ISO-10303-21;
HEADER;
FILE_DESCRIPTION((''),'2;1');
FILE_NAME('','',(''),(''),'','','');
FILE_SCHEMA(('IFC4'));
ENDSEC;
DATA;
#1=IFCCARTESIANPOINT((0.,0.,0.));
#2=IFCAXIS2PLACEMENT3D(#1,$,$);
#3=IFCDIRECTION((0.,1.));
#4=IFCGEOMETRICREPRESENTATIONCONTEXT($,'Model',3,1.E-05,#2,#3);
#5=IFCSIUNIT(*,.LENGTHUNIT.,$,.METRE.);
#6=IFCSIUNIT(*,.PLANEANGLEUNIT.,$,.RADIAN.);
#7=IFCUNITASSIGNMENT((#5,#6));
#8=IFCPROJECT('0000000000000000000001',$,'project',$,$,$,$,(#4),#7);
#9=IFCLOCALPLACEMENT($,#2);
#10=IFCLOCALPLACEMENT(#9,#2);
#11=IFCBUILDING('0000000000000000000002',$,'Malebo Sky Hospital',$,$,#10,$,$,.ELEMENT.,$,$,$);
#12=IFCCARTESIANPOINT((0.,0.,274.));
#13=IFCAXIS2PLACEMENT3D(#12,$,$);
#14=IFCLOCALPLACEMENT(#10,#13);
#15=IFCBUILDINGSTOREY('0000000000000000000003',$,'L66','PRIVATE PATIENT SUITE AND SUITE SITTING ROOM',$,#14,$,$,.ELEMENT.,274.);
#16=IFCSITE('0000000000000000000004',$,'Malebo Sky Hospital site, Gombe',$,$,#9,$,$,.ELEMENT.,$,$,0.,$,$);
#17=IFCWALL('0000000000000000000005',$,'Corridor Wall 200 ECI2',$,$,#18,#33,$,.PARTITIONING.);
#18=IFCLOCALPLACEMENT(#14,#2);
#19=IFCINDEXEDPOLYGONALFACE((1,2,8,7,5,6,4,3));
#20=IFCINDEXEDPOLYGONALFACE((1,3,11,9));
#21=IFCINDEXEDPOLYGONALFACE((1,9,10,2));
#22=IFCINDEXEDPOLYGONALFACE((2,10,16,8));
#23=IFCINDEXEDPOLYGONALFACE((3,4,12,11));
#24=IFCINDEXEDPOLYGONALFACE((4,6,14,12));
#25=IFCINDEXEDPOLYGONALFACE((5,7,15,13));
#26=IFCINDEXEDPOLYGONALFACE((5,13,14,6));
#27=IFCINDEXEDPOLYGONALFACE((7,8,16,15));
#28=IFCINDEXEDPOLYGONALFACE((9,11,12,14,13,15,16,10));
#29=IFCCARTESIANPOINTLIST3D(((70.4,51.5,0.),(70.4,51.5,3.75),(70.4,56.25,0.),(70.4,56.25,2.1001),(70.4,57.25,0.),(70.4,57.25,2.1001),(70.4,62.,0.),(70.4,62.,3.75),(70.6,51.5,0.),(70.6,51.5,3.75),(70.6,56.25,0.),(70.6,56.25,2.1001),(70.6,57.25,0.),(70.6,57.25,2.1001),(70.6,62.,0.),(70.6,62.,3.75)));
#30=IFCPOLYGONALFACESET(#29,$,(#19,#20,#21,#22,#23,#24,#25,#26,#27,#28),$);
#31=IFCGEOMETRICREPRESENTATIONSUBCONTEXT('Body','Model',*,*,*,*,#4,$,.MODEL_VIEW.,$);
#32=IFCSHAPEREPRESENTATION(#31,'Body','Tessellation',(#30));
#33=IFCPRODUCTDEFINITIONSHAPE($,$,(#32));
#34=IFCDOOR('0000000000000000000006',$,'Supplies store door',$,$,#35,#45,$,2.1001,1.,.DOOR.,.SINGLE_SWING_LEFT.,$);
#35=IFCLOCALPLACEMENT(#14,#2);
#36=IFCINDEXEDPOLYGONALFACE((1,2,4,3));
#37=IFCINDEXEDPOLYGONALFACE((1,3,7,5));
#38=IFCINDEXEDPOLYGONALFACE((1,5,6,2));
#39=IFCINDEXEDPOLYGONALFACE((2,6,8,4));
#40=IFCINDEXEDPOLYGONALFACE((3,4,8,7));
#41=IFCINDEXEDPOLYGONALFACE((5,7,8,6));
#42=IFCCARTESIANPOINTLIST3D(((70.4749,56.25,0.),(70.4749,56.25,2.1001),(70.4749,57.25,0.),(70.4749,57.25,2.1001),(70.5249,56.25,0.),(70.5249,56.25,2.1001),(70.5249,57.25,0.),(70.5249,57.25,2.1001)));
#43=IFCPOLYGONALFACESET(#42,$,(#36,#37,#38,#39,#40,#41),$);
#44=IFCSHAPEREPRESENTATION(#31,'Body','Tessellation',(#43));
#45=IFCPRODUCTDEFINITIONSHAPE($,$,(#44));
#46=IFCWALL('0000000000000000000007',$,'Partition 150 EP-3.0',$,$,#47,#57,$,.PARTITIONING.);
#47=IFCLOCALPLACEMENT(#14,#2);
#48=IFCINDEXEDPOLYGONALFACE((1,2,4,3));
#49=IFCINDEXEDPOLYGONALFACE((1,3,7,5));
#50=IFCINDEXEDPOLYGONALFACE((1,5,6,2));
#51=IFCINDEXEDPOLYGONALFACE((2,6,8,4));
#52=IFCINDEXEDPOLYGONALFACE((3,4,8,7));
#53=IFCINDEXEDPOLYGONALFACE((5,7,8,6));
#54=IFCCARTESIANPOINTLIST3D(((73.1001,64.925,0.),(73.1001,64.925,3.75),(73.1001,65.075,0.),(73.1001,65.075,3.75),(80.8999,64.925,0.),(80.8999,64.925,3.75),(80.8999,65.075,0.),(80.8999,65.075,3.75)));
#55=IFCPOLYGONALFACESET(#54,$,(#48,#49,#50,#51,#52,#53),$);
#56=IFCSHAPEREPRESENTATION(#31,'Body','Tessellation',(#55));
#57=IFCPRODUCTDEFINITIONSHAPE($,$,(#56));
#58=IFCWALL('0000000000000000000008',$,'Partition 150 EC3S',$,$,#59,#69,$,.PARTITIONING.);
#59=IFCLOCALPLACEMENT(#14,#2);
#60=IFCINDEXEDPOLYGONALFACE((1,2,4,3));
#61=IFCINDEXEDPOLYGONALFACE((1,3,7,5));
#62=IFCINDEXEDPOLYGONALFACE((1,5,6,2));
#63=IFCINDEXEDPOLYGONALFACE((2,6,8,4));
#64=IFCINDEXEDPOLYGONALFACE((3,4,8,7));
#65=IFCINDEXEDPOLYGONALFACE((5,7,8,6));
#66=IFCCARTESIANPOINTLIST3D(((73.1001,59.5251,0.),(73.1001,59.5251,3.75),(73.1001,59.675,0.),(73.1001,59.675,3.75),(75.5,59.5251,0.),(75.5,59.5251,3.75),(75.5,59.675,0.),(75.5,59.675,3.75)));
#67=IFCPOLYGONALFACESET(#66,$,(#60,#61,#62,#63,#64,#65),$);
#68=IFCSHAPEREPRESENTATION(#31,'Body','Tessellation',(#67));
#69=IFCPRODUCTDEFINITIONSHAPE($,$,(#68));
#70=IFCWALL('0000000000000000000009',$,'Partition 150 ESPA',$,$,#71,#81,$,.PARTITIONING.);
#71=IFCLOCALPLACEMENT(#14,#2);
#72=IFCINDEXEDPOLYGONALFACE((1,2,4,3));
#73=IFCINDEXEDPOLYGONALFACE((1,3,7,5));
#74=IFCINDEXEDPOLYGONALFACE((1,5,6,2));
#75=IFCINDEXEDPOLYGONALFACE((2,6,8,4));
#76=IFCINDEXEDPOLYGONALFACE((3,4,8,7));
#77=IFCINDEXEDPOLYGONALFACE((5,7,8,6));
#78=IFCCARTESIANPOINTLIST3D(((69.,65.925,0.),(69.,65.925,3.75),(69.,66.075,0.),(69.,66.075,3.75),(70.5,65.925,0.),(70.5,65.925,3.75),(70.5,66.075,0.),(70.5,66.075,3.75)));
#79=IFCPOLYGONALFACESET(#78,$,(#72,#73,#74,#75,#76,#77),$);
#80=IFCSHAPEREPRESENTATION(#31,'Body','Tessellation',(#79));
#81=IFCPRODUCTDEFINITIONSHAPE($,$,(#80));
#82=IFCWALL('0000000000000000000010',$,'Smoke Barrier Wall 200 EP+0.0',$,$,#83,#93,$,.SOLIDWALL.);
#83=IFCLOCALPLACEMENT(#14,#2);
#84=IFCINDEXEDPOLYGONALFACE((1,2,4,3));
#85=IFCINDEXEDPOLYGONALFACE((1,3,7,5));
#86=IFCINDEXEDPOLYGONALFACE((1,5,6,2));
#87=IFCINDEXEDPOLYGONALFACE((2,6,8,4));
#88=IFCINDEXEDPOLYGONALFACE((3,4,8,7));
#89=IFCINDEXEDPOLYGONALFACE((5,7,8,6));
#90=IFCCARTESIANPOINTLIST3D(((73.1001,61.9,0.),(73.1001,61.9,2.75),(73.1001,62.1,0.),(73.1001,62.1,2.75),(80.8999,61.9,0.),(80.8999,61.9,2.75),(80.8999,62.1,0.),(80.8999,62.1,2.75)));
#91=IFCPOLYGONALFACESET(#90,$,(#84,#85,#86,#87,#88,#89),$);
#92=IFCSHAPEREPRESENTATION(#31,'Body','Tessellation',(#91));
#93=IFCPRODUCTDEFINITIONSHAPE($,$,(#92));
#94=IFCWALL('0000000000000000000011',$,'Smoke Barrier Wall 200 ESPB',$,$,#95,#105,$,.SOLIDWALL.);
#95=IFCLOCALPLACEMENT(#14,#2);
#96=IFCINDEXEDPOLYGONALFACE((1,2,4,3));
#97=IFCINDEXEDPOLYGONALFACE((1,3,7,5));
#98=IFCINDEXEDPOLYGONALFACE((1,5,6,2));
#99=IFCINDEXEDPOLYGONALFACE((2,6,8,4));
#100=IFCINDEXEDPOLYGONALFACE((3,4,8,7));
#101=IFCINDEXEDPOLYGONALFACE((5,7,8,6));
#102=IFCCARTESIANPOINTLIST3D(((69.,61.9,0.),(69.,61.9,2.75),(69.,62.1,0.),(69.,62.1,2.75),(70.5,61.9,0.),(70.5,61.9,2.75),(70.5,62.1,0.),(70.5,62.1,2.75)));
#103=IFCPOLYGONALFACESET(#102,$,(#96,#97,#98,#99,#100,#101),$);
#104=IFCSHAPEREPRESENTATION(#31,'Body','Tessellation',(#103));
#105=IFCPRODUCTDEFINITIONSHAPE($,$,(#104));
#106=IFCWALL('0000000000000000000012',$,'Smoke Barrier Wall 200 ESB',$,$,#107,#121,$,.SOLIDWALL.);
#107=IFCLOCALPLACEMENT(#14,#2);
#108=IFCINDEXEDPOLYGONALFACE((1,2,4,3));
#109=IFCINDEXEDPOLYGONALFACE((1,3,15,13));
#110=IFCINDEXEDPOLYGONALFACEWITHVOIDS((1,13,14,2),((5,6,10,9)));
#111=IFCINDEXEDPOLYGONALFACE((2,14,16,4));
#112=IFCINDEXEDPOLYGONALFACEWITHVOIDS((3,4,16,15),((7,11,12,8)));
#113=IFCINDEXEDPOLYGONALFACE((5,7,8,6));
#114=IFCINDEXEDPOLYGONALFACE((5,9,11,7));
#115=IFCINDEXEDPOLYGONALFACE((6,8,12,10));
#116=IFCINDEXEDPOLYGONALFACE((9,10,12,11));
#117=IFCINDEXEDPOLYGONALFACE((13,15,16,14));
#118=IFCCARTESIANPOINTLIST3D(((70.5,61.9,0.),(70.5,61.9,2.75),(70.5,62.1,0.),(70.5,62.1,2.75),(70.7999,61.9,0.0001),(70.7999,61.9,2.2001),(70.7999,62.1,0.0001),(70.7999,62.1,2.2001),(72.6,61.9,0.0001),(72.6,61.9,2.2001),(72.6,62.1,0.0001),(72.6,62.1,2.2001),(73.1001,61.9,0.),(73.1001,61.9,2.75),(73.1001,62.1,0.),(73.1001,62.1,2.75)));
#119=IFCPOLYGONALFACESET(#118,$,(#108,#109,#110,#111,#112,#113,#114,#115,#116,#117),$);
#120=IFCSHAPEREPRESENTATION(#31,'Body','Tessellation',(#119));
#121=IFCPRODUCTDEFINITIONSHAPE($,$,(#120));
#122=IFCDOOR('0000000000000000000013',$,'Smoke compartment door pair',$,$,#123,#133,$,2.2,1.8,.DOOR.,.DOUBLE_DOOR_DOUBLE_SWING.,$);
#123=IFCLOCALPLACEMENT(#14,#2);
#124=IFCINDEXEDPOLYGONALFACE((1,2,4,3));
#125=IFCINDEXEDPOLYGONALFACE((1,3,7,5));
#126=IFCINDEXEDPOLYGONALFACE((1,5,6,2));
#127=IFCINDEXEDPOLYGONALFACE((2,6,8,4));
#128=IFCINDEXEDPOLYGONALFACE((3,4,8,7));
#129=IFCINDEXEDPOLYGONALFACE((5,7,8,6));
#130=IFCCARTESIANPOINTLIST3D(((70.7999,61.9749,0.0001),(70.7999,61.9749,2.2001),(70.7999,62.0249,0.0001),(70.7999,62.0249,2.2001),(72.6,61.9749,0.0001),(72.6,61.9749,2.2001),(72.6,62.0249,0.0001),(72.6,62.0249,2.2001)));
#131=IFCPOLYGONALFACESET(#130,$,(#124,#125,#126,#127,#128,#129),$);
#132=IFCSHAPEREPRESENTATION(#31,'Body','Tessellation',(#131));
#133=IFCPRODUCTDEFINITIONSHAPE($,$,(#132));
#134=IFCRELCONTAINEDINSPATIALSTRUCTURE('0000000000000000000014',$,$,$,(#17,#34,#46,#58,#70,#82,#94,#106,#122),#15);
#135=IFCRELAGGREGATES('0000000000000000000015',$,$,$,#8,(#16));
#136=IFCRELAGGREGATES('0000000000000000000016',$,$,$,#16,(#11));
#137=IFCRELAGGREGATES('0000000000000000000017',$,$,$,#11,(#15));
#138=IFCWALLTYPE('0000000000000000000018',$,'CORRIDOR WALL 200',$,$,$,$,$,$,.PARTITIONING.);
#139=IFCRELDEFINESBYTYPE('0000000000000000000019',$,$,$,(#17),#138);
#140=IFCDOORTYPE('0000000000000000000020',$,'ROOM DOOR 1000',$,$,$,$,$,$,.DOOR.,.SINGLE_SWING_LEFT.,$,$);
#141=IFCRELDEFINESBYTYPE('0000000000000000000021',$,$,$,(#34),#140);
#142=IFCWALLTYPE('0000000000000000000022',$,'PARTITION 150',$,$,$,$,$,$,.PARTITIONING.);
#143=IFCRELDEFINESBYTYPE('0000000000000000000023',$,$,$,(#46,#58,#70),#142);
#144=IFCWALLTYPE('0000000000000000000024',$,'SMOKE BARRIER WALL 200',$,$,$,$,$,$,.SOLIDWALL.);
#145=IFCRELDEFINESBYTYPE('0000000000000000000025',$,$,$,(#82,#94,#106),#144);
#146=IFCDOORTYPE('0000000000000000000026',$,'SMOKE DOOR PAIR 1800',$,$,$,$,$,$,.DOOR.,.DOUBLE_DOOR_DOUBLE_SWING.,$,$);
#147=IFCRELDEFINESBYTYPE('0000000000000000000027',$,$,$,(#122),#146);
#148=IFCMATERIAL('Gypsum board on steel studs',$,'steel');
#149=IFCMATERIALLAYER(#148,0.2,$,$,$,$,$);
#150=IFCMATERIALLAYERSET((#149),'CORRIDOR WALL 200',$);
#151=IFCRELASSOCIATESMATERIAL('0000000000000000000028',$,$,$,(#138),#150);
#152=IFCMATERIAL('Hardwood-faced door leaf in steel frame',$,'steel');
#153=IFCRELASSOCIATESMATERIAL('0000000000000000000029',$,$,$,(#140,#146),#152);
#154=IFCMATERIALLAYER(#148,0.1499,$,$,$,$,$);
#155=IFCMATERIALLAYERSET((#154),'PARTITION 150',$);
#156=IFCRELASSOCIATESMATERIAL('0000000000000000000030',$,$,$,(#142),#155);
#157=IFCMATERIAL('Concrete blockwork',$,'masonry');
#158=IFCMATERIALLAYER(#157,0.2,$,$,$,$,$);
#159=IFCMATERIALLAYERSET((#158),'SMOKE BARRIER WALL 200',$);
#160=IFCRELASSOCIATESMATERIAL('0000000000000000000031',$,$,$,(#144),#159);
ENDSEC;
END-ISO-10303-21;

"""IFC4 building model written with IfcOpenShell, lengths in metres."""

from ifc_helpers import new_model, si_unit, direction, frame, frame_2d, origin, place, context, subcontext, project, spatial, rectangle, extrude, material, layer, layer_set, type_object, element, fill, save


model = new_model("IFC4")

# Units and contexts
model_context = context("Model", 3, precision=1e-05, world=origin(), true_north=direction((0.0, 1.0)))
body_context = subcontext(model_context, "Body", "Model", "MODEL_VIEW")
ifc_project = project(units=[si_unit("LENGTHUNIT", "METRE"), si_unit("PLANEANGLEUNIT", "RADIAN")], contexts=[model_context])

# Site, building, storey
site_placement = place(None, origin())
site = spatial("IfcSite", under=ifc_project, at=site_placement, Name="Malebo Sky Hospital site, Gombe", CompositionType="ELEMENT", RefElevation=0.0)
building_placement = place(site_placement, origin())
building = spatial("IfcBuilding", under=site, at=building_placement, Name="Malebo Sky Hospital", CompositionType="ELEMENT")
storey_placement = place(building_placement, frame((0.0, 0.0, 274.0)))
storey = spatial("IfcBuildingStorey", under=building, at=storey_placement, Name="L66", Description="PRIVATE PATIENT SUITE AND SUITE SITTING ROOM", CompositionType="ELEMENT", Elevation=274.0)

# Wall, opening, door
ifc_material_1 = material(Name="Hardwood-faced door leaf in steel frame", Category="steel")
ifc_material_2 = material(Name="Gypsum board on steel studs", Category="steel")
ifc_layer_1 = layer(ifc_material_2, 0.2)
ifc_layer_set_1 = layer_set([ifc_layer_1], Name="CORRIDOR WALL 200")
wall_type_1 = type_object("IfcWallType", Name="CORRIDOR WALL 200", PredefinedType="PARTITIONING", material=ifc_layer_set_1)
wall_1_placement = place(storey_placement, frame((70.5, 62.0, 0.0), z_axis=(0.0, 0.0, 1.0), x_axis=(0.0, -1.0, 0.0)))
wall_1 = element("IfcWall", 1, at=wall_1_placement, inside=storey, type_object=wall_type_1, Name="Corridor Wall 200 ECI2", PredefinedType="PARTITIONING", context=body_context, shape_type="SweptSolid", body=[
    extrude(rectangle(XDim=10.5, YDim=0.2, at=frame_2d((5.25, 0.0))), origin(), (0.0, 0.0, 1.0), 3.75),
])
opening_1_placement = place(wall_1_placement, frame((4.75, 0.0, 0.0)))
opening_1 = element("IfcOpeningElement", 2, at=opening_1_placement, cuts=wall_1, PredefinedType="OPENING", context=body_context, shape_type="SweptSolid", body=[
    extrude(rectangle(XDim=1.0, YDim=2.1001, at=frame_2d((0.5, 1.05))), frame((0.0, 0.1099, 0.0), z_axis=(0.0, -1.0, 0.0), x_axis=(1.0, 0.0, 0.0)), (0.0, 0.0, 1.0), 0.22),
])
door_type_1 = type_object("IfcDoorType", Name="ROOM DOOR 1000", OperationType="SINGLE_SWING_LEFT", PredefinedType="DOOR", material=ifc_material_1)
door_1_placement = place(opening_1_placement, origin())
door_1 = element("IfcDoor", 3, at=door_1_placement, inside=storey, type_object=door_type_1, Name="Supplies store door", OperationType="SINGLE_SWING_LEFT", OverallHeight=2.1001, OverallWidth=1.0, PredefinedType="DOOR", context=body_context, shape_type="SweptSolid", body=[
    extrude(rectangle(XDim=1.0, YDim=2.1001, at=frame_2d((0.5, 1.05))), frame((0.0, 0.0249, 0.0), z_axis=(0.0, -1.0, 0.0), x_axis=(1.0, 0.0, 0.0)), (0.0, 0.0, 1.0), 0.05),
])
fill(opening_1, door_1)

# Walls
ifc_layer_2 = layer(ifc_material_2, 0.1499)
ifc_layer_set_2 = layer_set([ifc_layer_2], Name="PARTITION 150")
wall_type_2 = type_object("IfcWallType", Name="PARTITION 150", PredefinedType="PARTITIONING", material=ifc_layer_set_2)
wall_2_placement = place(storey_placement, frame((73.1001, 65.0, 0.0), z_axis=(0.0, 0.0, 1.0), x_axis=(1.0, 0.0, 0.0)))
element("IfcWall", 4, at=wall_2_placement, inside=storey, type_object=wall_type_2, Name="Partition 150 EP-3.0", PredefinedType="PARTITIONING", context=body_context, shape_type="SweptSolid", body=[
    extrude(rectangle(XDim=7.7998, YDim=0.1499, at=frame_2d((3.8999, 0.0))), origin(), (0.0, 0.0, 1.0), 3.75),
])
wall_3_placement = place(storey_placement, frame((73.1001, 59.6001, 0.0), z_axis=(0.0, 0.0, 1.0), x_axis=(1.0, 0.0, 0.0)))
element("IfcWall", 5, at=wall_3_placement, inside=storey, type_object=wall_type_2, Name="Partition 150 EC3S", PredefinedType="PARTITIONING", context=body_context, shape_type="SweptSolid", body=[
    extrude(rectangle(XDim=2.3999, YDim=0.1499, at=frame_2d((1.2, 0.0))), origin(), (0.0, 0.0, 1.0), 3.75),
])
wall_4_placement = place(storey_placement, frame((69.0, 66.0, 0.0), z_axis=(0.0, 0.0, 1.0), x_axis=(1.0, 0.0, 0.0)))
element("IfcWall", 6, at=wall_4_placement, inside=storey, type_object=wall_type_2, Name="Partition 150 ESPA", PredefinedType="PARTITIONING", context=body_context, shape_type="SweptSolid", body=[
    extrude(rectangle(XDim=1.5, YDim=0.1499, at=frame_2d((0.75, 0.0))), origin(), (0.0, 0.0, 1.0), 3.75),
])
ifc_material_3 = material(Name="Concrete blockwork", Category="masonry")
ifc_layer_3 = layer(ifc_material_3, 0.2)
ifc_layer_set_3 = layer_set([ifc_layer_3], Name="SMOKE BARRIER WALL 200")
wall_type_3 = type_object("IfcWallType", Name="SMOKE BARRIER WALL 200", PredefinedType="SOLIDWALL", material=ifc_layer_set_3)
wall_5_placement = place(storey_placement, frame((73.1001, 62.0, 0.0), z_axis=(0.0, 0.0, 1.0), x_axis=(1.0, 0.0, 0.0)))
element("IfcWall", 7, at=wall_5_placement, inside=storey, type_object=wall_type_3, Name="Smoke Barrier Wall 200 EP+0.0", PredefinedType="SOLIDWALL", context=body_context, shape_type="SweptSolid", body=[
    extrude(rectangle(XDim=7.7998, YDim=0.2, at=frame_2d((3.8999, 0.0))), origin(), (0.0, 0.0, 1.0), 2.75),
])
wall_6_placement = place(storey_placement, frame((69.0, 62.0, 0.0), z_axis=(0.0, 0.0, 1.0), x_axis=(1.0, 0.0, 0.0)))
element("IfcWall", 8, at=wall_6_placement, inside=storey, type_object=wall_type_3, Name="Smoke Barrier Wall 200 ESPB", PredefinedType="SOLIDWALL", context=body_context, shape_type="SweptSolid", body=[
    extrude(rectangle(XDim=1.5, YDim=0.2, at=frame_2d((0.75, 0.0))), origin(), (0.0, 0.0, 1.0), 2.75),
])

# Wall, opening, door
wall_7_placement = place(storey_placement, frame((70.5, 62.0, 0.0), z_axis=(0.0, 0.0, 1.0), x_axis=(1.0, 0.0, 0.0)))
wall_7 = element("IfcWall", 9, at=wall_7_placement, inside=storey, type_object=wall_type_3, Name="Smoke Barrier Wall 200 ESB", PredefinedType="SOLIDWALL", context=body_context, shape_type="SweptSolid", body=[
    extrude(rectangle(XDim=2.6001, YDim=0.2, at=frame_2d((1.3, 0.0))), origin(), (0.0, 0.0, 1.0), 2.75),
])
opening_2_placement = place(wall_7_placement, frame((0.3, 0.0, 0.0)))
opening_2 = element("IfcOpeningElement", 10, at=opening_2_placement, cuts=wall_7, PredefinedType="OPENING", context=body_context, shape_type="SweptSolid", body=[
    extrude(rectangle(XDim=1.8, YDim=2.2, at=frame_2d((0.8999, 1.1001))), frame((0.0, 0.1099, 0.0), z_axis=(0.0, -1.0, 0.0), x_axis=(1.0, 0.0, 0.0)), (0.0, 0.0, 1.0), 0.22),
])
door_type_2 = type_object("IfcDoorType", Name="SMOKE DOOR PAIR 1800", OperationType="DOUBLE_DOOR_DOUBLE_SWING", PredefinedType="DOOR", material=ifc_material_1)
door_2_placement = place(opening_2_placement, origin())
door_2 = element("IfcDoor", 11, at=door_2_placement, inside=storey, type_object=door_type_2, Name="Smoke compartment door pair", OperationType="DOUBLE_DOOR_DOUBLE_SWING", OverallHeight=2.2, OverallWidth=1.8, PredefinedType="DOOR", context=body_context, shape_type="SweptSolid", body=[
    extrude(rectangle(XDim=1.8, YDim=2.2, at=frame_2d((0.8999, 1.1001))), frame((0.0, 0.0249, 0.0), z_axis=(0.0, -1.0, 0.0), x_axis=(1.0, 0.0, 0.0)), (0.0, 0.0, 1.0), 0.05),
])
fill(opening_2, door_2)

save(model, "model.ifc")
